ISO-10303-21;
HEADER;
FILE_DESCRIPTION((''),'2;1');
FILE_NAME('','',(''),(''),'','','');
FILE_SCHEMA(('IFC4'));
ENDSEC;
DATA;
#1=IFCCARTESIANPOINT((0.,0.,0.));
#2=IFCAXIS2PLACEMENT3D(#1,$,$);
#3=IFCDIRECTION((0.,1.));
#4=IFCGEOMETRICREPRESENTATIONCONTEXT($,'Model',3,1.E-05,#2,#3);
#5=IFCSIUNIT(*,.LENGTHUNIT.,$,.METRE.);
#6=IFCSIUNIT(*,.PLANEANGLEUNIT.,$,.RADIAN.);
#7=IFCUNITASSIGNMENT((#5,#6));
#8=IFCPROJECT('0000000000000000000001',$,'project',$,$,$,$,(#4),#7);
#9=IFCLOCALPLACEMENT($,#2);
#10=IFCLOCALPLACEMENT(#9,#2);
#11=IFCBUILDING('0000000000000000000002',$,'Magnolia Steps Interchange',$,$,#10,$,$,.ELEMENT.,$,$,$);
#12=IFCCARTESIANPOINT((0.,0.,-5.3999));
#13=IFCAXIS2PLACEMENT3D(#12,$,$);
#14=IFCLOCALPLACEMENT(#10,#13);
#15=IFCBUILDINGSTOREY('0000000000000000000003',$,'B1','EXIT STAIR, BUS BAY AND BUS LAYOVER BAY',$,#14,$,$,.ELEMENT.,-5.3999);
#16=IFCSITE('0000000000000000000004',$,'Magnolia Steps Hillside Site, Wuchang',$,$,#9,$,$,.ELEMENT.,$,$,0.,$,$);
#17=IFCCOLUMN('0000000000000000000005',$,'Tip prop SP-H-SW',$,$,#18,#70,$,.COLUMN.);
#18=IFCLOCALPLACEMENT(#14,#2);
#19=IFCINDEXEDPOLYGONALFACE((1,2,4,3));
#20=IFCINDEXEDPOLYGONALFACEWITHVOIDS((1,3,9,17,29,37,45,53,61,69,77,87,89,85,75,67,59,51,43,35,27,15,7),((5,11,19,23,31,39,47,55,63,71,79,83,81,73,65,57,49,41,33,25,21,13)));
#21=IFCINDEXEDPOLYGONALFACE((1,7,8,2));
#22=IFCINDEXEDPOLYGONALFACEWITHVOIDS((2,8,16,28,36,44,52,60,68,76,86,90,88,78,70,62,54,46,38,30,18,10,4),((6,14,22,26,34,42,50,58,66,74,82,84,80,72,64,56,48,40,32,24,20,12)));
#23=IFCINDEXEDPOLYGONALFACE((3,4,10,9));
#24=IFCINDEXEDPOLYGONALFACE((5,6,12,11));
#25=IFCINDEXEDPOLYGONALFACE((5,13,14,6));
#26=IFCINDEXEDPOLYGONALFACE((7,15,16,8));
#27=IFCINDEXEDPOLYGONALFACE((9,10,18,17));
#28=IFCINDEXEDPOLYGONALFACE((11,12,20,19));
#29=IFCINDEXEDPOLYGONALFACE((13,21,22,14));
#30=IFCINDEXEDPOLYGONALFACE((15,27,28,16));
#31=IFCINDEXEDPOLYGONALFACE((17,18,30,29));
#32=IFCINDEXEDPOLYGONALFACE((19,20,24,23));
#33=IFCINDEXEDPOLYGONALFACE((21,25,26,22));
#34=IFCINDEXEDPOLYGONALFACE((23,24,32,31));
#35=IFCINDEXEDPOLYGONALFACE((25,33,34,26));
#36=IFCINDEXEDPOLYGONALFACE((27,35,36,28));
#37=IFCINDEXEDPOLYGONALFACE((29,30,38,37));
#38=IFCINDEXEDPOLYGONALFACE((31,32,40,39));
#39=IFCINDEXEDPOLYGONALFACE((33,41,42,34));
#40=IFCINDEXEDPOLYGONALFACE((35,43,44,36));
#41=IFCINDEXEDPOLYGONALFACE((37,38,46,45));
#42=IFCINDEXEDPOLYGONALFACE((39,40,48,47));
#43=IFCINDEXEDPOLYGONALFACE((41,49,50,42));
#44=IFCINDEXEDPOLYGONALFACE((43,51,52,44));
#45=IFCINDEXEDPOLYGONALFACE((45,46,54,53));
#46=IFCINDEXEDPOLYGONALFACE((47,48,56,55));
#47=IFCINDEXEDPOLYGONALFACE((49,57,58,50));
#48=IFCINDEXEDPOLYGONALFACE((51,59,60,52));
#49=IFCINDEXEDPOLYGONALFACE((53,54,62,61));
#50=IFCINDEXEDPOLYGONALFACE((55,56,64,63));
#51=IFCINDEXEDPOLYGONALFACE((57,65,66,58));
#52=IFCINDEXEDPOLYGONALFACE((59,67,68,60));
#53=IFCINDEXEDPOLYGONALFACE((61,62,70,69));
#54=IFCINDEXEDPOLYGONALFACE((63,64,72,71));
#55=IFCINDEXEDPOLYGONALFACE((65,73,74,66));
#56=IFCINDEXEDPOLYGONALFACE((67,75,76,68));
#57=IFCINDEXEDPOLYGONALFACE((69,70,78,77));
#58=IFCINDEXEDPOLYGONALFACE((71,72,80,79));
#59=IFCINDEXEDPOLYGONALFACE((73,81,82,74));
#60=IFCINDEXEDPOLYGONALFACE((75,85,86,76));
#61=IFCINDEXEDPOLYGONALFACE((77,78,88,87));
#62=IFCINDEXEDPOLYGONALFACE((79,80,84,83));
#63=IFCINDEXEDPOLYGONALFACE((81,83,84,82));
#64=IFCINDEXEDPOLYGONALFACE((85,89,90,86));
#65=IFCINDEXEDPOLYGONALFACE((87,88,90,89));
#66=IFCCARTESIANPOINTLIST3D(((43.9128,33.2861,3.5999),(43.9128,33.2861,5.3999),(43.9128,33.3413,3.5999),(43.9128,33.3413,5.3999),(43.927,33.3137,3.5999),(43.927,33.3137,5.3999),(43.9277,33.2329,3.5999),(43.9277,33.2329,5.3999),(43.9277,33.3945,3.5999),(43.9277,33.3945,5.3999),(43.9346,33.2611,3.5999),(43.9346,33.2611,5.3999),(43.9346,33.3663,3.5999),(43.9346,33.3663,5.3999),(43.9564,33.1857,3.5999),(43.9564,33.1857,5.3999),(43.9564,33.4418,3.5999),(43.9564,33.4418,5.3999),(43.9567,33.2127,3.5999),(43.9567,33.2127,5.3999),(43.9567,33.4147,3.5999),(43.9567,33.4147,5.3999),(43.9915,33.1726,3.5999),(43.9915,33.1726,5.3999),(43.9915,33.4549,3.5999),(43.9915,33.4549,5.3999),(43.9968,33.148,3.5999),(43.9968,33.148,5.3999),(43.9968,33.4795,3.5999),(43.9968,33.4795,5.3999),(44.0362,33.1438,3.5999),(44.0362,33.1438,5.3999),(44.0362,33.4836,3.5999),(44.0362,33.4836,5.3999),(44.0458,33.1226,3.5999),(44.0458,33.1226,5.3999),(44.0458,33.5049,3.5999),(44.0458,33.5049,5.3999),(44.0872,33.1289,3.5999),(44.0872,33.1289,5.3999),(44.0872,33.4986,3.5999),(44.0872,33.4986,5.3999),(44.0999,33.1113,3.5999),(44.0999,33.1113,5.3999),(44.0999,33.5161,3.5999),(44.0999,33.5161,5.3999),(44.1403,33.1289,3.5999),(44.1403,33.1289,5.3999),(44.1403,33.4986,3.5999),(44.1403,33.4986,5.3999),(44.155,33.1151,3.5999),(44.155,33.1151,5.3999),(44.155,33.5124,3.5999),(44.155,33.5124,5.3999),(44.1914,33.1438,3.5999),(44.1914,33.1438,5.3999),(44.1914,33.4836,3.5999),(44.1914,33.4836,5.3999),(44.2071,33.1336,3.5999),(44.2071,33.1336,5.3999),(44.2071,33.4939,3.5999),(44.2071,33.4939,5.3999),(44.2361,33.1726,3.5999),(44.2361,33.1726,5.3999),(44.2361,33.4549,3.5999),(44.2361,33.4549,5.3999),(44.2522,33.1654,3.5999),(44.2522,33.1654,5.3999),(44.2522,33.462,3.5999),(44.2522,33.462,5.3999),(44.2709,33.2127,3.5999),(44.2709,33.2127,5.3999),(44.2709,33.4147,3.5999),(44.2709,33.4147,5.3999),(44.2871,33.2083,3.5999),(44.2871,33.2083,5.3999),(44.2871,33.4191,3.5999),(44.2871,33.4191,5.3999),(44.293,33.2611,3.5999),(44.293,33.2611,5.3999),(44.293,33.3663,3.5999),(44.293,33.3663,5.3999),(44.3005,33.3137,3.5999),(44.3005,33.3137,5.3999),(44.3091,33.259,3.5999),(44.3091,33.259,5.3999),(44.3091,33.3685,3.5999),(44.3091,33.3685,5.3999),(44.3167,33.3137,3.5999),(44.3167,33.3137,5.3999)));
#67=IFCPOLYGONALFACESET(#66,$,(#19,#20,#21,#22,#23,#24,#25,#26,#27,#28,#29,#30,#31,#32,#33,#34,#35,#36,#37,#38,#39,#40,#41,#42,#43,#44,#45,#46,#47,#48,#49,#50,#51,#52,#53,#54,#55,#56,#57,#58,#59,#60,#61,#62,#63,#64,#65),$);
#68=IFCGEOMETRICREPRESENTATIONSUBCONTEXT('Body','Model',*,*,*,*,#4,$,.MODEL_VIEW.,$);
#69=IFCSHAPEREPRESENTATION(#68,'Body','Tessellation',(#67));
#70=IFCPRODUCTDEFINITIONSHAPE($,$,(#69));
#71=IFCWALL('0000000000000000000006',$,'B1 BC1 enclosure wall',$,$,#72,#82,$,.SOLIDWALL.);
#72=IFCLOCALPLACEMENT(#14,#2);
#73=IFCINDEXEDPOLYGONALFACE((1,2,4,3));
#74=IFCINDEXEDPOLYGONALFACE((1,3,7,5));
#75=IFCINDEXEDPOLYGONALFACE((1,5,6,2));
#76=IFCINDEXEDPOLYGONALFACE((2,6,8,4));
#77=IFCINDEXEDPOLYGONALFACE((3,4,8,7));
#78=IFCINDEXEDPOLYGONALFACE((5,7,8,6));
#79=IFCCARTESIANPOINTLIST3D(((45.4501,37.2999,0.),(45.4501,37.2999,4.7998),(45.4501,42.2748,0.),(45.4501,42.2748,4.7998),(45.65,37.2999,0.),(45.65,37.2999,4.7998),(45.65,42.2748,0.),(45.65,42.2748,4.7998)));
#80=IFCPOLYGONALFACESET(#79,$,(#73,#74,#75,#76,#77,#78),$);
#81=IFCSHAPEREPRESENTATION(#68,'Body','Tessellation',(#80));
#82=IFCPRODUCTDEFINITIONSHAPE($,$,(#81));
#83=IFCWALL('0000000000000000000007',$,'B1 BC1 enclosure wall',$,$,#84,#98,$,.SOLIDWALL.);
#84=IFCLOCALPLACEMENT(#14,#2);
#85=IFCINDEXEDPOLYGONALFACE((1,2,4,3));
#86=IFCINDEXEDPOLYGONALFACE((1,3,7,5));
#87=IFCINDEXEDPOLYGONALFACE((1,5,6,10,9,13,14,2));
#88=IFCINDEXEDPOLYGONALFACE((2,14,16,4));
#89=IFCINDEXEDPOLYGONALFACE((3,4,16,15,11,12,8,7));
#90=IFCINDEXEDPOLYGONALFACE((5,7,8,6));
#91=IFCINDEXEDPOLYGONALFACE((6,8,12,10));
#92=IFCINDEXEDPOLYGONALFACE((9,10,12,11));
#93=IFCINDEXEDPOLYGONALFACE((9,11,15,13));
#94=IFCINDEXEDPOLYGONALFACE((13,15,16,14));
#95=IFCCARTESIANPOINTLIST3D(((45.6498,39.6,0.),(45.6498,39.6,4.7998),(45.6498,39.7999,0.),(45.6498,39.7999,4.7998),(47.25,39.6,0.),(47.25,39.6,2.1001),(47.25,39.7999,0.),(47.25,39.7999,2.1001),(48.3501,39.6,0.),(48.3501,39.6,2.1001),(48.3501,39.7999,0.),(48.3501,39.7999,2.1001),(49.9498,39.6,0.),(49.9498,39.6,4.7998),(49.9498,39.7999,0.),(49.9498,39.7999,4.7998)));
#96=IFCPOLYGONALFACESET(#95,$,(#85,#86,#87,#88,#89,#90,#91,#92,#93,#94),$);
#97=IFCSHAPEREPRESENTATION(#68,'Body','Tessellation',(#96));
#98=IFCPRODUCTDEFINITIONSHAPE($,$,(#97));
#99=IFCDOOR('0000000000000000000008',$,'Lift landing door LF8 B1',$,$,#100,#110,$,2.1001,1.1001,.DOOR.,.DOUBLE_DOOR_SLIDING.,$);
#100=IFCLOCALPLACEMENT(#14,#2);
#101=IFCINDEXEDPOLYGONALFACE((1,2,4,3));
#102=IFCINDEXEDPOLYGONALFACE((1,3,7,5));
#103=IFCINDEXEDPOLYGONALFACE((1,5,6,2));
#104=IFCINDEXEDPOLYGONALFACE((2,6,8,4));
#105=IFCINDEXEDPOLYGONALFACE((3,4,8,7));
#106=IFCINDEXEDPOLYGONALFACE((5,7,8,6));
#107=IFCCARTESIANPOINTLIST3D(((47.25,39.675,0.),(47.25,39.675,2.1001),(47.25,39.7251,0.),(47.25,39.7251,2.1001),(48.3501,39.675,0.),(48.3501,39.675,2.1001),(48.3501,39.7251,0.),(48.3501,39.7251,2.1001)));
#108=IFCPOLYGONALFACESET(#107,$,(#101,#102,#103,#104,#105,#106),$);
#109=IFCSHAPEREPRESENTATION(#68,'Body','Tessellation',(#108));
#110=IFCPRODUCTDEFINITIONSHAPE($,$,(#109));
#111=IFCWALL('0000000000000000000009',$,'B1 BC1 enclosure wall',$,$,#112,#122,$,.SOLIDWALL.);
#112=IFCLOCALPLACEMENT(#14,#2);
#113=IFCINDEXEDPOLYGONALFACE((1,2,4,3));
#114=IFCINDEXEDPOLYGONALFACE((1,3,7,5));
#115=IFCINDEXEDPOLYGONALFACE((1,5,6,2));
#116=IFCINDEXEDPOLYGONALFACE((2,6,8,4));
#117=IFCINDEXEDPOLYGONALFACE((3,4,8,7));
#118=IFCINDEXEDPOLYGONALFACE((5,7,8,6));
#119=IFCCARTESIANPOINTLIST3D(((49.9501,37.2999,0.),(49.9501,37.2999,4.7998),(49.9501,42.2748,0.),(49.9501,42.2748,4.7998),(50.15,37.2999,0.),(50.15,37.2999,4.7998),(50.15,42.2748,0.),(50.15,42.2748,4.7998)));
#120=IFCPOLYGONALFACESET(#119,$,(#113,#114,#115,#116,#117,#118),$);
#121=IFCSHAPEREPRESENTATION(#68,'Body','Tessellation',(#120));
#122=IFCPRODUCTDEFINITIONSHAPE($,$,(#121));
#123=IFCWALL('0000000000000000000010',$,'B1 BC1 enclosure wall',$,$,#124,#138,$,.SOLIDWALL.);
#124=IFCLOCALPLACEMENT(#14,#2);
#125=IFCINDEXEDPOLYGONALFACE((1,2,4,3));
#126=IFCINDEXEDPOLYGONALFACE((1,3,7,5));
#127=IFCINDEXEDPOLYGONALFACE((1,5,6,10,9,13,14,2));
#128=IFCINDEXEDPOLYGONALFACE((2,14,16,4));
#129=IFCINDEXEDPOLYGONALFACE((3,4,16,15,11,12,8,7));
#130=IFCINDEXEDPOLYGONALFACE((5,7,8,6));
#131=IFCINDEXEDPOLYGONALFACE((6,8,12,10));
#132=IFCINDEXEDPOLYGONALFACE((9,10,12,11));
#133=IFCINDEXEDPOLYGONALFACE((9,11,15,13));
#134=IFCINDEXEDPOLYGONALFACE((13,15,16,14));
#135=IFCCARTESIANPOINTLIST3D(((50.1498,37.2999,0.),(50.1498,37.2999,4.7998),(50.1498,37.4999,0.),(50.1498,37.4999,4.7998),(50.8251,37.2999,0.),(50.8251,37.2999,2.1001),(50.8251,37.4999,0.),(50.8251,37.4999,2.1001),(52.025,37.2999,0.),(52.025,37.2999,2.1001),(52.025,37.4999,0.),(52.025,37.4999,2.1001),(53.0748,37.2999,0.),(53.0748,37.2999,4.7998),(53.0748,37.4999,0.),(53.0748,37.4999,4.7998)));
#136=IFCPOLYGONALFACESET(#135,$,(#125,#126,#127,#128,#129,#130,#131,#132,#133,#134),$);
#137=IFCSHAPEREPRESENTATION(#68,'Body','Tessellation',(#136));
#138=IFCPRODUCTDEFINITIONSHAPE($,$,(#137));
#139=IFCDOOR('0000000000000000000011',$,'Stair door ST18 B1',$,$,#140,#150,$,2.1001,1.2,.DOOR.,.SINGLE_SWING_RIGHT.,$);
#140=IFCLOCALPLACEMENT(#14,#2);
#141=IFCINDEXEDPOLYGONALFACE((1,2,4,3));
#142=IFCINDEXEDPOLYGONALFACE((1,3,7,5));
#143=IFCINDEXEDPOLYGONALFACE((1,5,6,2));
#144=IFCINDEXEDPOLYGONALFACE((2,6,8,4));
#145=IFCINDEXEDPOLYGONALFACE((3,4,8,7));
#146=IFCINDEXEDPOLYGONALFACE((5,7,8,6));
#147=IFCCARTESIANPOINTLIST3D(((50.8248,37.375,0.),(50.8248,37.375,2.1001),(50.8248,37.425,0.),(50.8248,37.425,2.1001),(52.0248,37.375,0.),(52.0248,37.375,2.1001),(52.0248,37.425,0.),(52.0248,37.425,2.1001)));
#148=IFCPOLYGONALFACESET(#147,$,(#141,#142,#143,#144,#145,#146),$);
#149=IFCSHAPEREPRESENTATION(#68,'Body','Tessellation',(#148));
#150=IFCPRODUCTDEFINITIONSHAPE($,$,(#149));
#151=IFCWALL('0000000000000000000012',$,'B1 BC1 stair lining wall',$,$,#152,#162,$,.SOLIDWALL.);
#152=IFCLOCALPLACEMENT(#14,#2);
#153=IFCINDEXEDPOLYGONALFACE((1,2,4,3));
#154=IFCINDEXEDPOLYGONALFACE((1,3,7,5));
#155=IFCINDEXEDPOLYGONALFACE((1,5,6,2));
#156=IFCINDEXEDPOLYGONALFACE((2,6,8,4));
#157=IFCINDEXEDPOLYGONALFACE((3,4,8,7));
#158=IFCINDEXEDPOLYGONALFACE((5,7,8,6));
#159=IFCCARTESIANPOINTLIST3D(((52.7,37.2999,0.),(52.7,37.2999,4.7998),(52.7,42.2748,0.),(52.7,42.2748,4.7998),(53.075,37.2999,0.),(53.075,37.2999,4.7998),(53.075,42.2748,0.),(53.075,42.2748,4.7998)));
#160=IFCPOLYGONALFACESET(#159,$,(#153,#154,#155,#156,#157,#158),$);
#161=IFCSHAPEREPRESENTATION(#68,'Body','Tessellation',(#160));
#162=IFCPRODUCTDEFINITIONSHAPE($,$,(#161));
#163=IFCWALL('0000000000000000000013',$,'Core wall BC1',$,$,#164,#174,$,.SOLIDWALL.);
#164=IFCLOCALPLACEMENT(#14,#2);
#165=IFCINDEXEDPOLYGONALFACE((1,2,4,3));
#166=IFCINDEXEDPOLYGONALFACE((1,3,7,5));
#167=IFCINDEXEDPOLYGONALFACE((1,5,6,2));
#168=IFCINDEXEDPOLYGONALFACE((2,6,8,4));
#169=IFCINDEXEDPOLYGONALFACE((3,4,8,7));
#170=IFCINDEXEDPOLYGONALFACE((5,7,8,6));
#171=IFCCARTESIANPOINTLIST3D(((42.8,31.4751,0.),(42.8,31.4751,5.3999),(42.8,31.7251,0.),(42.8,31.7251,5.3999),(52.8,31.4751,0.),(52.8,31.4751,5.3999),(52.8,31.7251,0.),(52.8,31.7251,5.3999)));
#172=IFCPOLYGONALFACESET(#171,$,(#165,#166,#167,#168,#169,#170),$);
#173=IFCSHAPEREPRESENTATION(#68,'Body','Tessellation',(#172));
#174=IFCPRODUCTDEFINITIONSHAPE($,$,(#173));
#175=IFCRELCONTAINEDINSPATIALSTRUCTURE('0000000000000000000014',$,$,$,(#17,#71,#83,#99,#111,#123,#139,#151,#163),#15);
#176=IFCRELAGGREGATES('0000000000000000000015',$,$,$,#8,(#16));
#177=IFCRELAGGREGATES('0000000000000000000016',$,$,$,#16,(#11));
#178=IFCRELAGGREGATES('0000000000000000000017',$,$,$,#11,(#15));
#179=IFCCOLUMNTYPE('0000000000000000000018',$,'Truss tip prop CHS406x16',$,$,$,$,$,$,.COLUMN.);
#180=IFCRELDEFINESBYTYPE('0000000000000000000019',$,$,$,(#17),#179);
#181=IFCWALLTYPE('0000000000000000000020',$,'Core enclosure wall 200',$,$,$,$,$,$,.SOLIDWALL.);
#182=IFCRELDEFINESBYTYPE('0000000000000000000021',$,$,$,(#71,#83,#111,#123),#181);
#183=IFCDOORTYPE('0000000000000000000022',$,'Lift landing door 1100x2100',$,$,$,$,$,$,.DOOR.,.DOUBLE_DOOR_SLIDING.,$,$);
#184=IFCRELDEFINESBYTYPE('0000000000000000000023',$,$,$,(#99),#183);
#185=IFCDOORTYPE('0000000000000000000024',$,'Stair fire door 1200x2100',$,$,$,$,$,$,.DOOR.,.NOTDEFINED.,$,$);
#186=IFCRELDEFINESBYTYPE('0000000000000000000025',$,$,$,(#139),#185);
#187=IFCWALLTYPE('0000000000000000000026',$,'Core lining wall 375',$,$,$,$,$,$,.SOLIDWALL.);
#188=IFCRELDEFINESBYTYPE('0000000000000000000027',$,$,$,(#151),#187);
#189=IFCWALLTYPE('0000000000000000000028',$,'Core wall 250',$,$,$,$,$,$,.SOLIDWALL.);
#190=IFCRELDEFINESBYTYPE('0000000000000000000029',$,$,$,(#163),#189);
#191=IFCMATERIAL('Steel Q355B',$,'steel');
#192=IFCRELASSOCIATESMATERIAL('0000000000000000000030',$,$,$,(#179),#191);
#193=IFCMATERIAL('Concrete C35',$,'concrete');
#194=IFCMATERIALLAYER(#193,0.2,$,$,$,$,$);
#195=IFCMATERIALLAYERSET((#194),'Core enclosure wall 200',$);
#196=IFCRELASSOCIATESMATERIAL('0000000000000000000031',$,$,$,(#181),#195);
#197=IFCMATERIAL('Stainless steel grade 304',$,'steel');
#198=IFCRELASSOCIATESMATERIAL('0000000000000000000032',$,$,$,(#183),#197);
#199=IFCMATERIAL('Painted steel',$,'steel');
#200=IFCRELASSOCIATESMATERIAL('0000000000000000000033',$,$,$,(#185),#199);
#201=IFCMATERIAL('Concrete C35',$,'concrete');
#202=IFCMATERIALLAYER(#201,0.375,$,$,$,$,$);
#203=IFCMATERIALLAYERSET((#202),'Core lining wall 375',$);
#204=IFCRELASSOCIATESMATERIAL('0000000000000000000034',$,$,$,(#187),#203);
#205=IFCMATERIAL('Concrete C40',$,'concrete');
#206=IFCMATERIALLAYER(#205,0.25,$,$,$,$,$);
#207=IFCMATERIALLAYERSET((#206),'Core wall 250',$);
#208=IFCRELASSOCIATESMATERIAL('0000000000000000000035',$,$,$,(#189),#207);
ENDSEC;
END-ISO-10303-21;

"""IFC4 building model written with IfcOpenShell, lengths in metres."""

from ifc_helpers import new_model, si_unit, direction, frame, frame_2d, origin, origin_2d, place, context, subcontext, project, spatial, rectangle, hollow_circle, extrude, material, layer, layer_set, material_profile, profile_set, type_object, element, fill, save


model = new_model("IFC4")

# Units and contexts
model_context = context("Model", 3, precision=1e-05, world=origin(), true_north=direction((0.0, 1.0)))
body_context = subcontext(model_context, "Body", "Model", "MODEL_VIEW")
ifc_project = project(units=[si_unit("LENGTHUNIT", "METRE"), si_unit("PLANEANGLEUNIT", "RADIAN")], contexts=[model_context])

# Site, building, storey
site_placement = place(None, origin())
site = spatial("IfcSite", under=ifc_project, at=site_placement, Name="Magnolia Steps Hillside Site, Wuchang", CompositionType="ELEMENT", RefElevation=0.0)
building_placement = place(site_placement, origin())
building = spatial("IfcBuilding", under=site, at=building_placement, Name="Magnolia Steps Interchange", CompositionType="ELEMENT")
storey_placement = place(building_placement, frame((0.0, 0.0, -5.3999)))
storey = spatial("IfcBuildingStorey", under=building, at=storey_placement, Name="B1", Description="EXIT STAIR, BUS BAY AND BUS LAYOVER BAY", CompositionType="ELEMENT", Elevation=-5.3999)

# Column
ifc_material_1 = material(Name="Steel Q355B", Category="steel")
ifc_material_profile = material_profile(ifc_material_1, hollow_circle(Radius=0.2029, WallThickness=0.0161, at=origin_2d()), Name="CHS406x16")
ifc_profile_set = profile_set([ifc_material_profile], Name="Steel Q355B")
column_type = type_object("IfcColumnType", Name="Truss tip prop CHS406x16", PredefinedType="COLUMN", material=ifc_profile_set)
column_placement = place(storey_placement, frame((44.1138, 33.3137, 3.5999), z_axis=(0.0, 0.0, 1.0), x_axis=(1.0, 0.0, 0.0)))
element("IfcColumn", 1, at=column_placement, inside=storey, type_object=column_type, Name="Tip prop SP-H-SW", PredefinedType="COLUMN", context=body_context, shape_type="SweptSolid", body=[
    extrude(hollow_circle(Radius=0.2029, WallThickness=0.0161, at=origin_2d()), origin(), (0.0, 0.0, 1.0), 1.8),
])

# Wall
ifc_material_2 = material(Name="Concrete C35", Category="concrete")
ifc_layer_1 = layer(ifc_material_2, 0.2)
ifc_layer_set_1 = layer_set([ifc_layer_1], Name="Core enclosure wall 200")
wall_type_1 = type_object("IfcWallType", Name="Core enclosure wall 200", PredefinedType="SOLIDWALL", material=ifc_layer_set_1)
wall_1_placement = place(storey_placement, frame((45.55, 37.3, 0.0), z_axis=(0.0, 0.0, 1.0), x_axis=(0.0, 1.0, 0.0)))
element("IfcWall", 2, at=wall_1_placement, inside=storey, type_object=wall_type_1, Name="B1 BC1 enclosure wall", PredefinedType="SOLIDWALL", context=body_context, shape_type="SweptSolid", body=[
    extrude(rectangle(XDim=4.9749, YDim=0.2, at=frame_2d((2.4873, 0.0))), origin(), (0.0, 0.0, 1.0), 4.7998),
])

# Wall, opening, door
wall_2_placement = place(storey_placement, frame((45.6499, 39.7, 0.0), z_axis=(0.0, 0.0, 1.0), x_axis=(1.0, 0.0, 0.0)))
wall_2 = element("IfcWall", 3, at=wall_2_placement, inside=storey, type_object=wall_type_1, Name="B1 BC1 enclosure wall", PredefinedType="SOLIDWALL", context=body_context, shape_type="SweptSolid", body=[
    extrude(rectangle(XDim=4.3, YDim=0.2, at=frame_2d((2.1499, 0.0))), origin(), (0.0, 0.0, 1.0), 4.7998),
])
opening_1_placement = place(wall_2_placement, frame((1.6001, 0.0, 0.0)))
opening_1 = element("IfcOpeningElement", 4, at=opening_1_placement, cuts=wall_2, PredefinedType="OPENING", context=body_context, shape_type="SweptSolid", body=[
    extrude(rectangle(XDim=1.1001, YDim=2.1001, at=frame_2d((0.55, 1.05))), frame((0.0, 0.1099, 0.0), z_axis=(0.0, -1.0, 0.0), x_axis=(1.0, 0.0, 0.0)), (0.0, 0.0, 1.0), 0.22),
])
ifc_material_3 = material(Name="Stainless steel grade 304", Category="steel")
door_type_1 = type_object("IfcDoorType", Name="Lift landing door 1100x2100", OperationType="DOUBLE_DOOR_SLIDING", PredefinedType="DOOR", material=ifc_material_3)
door_1_placement = place(opening_1_placement, frame((1.1001, 0.0, 0.0), z_axis=(0.0, 0.0, 1.0), x_axis=(-1.0, 0.0, 0.0)))
door_1 = element("IfcDoor", 5, at=door_1_placement, inside=storey, type_object=door_type_1, Name="Lift landing door LF8 B1", OperationType="DOUBLE_DOOR_SLIDING", OverallHeight=2.1001, OverallWidth=1.1001, PredefinedType="DOOR", context=body_context, shape_type="SweptSolid", body=[
    extrude(rectangle(XDim=1.1001, YDim=2.1001, at=frame_2d((0.55, 1.05))), frame((0.0, 0.0249, 0.0), z_axis=(0.0, -1.0, 0.0), x_axis=(1.0, 0.0, 0.0)), (0.0, 0.0, 1.0), 0.05),
])
fill(opening_1, door_1)

# Wall
wall_3_placement = place(storey_placement, frame((50.05, 37.3, 0.0), z_axis=(0.0, 0.0, 1.0), x_axis=(0.0, 1.0, 0.0)))
element("IfcWall", 6, at=wall_3_placement, inside=storey, type_object=wall_type_1, Name="B1 BC1 enclosure wall", PredefinedType="SOLIDWALL", context=body_context, shape_type="SweptSolid", body=[
    extrude(rectangle(XDim=4.9749, YDim=0.2, at=frame_2d((2.4873, 0.0))), origin(), (0.0, 0.0, 1.0), 4.7998),
])

# Wall, opening, door
wall_4_placement = place(storey_placement, frame((50.1499, 37.3999, 0.0), z_axis=(0.0, 0.0, 1.0), x_axis=(1.0, 0.0, 0.0)))
wall_4 = element("IfcWall", 7, at=wall_4_placement, inside=storey, type_object=wall_type_1, Name="B1 BC1 enclosure wall", PredefinedType="SOLIDWALL", context=body_context, shape_type="SweptSolid", body=[
    extrude(rectangle(XDim=2.925, YDim=0.2, at=frame_2d((1.4624, 0.0))), origin(), (0.0, 0.0, 1.0), 4.7998),
])
opening_2_placement = place(wall_4_placement, frame((0.675, 0.0, 0.0)))
opening_2 = element("IfcOpeningElement", 8, at=opening_2_placement, cuts=wall_4, PredefinedType="OPENING", context=body_context, shape_type="SweptSolid", body=[
    extrude(rectangle(XDim=1.2, YDim=2.1001, at=frame_2d((0.6001, 1.05))), frame((0.0, 0.1099, 0.0), z_axis=(0.0, -1.0, 0.0), x_axis=(1.0, 0.0, 0.0)), (0.0, 0.0, 1.0), 0.22),
])
ifc_material_4 = material(Name="Painted steel", Category="steel")
door_type_2 = type_object("IfcDoorType", Name="Stair fire door 1200x2100", OperationType="NOTDEFINED", PredefinedType="DOOR", material=ifc_material_4)
door_2_placement = place(opening_2_placement, frame((1.2, 0.0, 0.0), z_axis=(0.0, 0.0, 1.0), x_axis=(-1.0, 0.0, 0.0)))
door_2 = element("IfcDoor", 9, at=door_2_placement, inside=storey, type_object=door_type_2, Name="Stair door ST18 B1", OperationType="SINGLE_SWING_RIGHT", OverallHeight=2.1001, OverallWidth=1.2, PredefinedType="DOOR", context=body_context, shape_type="SweptSolid", body=[
    extrude(rectangle(XDim=1.2, YDim=2.1001, at=frame_2d((0.6001, 1.05))), frame((0.0, 0.0249, 0.0), z_axis=(0.0, -1.0, 0.0), x_axis=(1.0, 0.0, 0.0)), (0.0, 0.0, 1.0), 0.05),
])
fill(opening_2, door_2)

# Walls
ifc_material_5 = material(Name="Concrete C35", Category="concrete")
ifc_layer_2 = layer(ifc_material_5, 0.375)
ifc_layer_set_2 = layer_set([ifc_layer_2], Name="Core lining wall 375")
wall_type_2 = type_object("IfcWallType", Name="Core lining wall 375", PredefinedType="SOLIDWALL", material=ifc_layer_set_2)
wall_5_placement = place(storey_placement, frame((52.8875, 37.3, 0.0), z_axis=(0.0, 0.0, 1.0), x_axis=(0.0, 1.0, 0.0)))
element("IfcWall", 10, at=wall_5_placement, inside=storey, type_object=wall_type_2, Name="B1 BC1 stair lining wall", PredefinedType="SOLIDWALL", context=body_context, shape_type="SweptSolid", body=[
    extrude(rectangle(XDim=4.9749, YDim=0.375, at=frame_2d((2.4873, 0.0))), origin(), (0.0, 0.0, 1.0), 4.7998),
])
ifc_material_6 = material(Name="Concrete C40", Category="concrete")
ifc_layer_3 = layer(ifc_material_6, 0.25)
ifc_layer_set_3 = layer_set([ifc_layer_3], Name="Core wall 250")
wall_type_3 = type_object("IfcWallType", Name="Core wall 250", PredefinedType="SOLIDWALL", material=ifc_layer_set_3)
wall_6_placement = place(storey_placement, frame((42.8, 31.6001, 0.0), z_axis=(0.0, 0.0, 1.0), x_axis=(1.0, 0.0, 0.0)))
element("IfcWall", 11, at=wall_6_placement, inside=storey, type_object=wall_type_3, Name="Core wall BC1", PredefinedType="SOLIDWALL", context=body_context, shape_type="SweptSolid", body=[
    extrude(rectangle(XDim=10.0, YDim=0.25, at=frame_2d((5.0, 0.0))), origin(), (0.0, 0.0, 1.0), 5.3999),
])

save(model, "model.ifc")
